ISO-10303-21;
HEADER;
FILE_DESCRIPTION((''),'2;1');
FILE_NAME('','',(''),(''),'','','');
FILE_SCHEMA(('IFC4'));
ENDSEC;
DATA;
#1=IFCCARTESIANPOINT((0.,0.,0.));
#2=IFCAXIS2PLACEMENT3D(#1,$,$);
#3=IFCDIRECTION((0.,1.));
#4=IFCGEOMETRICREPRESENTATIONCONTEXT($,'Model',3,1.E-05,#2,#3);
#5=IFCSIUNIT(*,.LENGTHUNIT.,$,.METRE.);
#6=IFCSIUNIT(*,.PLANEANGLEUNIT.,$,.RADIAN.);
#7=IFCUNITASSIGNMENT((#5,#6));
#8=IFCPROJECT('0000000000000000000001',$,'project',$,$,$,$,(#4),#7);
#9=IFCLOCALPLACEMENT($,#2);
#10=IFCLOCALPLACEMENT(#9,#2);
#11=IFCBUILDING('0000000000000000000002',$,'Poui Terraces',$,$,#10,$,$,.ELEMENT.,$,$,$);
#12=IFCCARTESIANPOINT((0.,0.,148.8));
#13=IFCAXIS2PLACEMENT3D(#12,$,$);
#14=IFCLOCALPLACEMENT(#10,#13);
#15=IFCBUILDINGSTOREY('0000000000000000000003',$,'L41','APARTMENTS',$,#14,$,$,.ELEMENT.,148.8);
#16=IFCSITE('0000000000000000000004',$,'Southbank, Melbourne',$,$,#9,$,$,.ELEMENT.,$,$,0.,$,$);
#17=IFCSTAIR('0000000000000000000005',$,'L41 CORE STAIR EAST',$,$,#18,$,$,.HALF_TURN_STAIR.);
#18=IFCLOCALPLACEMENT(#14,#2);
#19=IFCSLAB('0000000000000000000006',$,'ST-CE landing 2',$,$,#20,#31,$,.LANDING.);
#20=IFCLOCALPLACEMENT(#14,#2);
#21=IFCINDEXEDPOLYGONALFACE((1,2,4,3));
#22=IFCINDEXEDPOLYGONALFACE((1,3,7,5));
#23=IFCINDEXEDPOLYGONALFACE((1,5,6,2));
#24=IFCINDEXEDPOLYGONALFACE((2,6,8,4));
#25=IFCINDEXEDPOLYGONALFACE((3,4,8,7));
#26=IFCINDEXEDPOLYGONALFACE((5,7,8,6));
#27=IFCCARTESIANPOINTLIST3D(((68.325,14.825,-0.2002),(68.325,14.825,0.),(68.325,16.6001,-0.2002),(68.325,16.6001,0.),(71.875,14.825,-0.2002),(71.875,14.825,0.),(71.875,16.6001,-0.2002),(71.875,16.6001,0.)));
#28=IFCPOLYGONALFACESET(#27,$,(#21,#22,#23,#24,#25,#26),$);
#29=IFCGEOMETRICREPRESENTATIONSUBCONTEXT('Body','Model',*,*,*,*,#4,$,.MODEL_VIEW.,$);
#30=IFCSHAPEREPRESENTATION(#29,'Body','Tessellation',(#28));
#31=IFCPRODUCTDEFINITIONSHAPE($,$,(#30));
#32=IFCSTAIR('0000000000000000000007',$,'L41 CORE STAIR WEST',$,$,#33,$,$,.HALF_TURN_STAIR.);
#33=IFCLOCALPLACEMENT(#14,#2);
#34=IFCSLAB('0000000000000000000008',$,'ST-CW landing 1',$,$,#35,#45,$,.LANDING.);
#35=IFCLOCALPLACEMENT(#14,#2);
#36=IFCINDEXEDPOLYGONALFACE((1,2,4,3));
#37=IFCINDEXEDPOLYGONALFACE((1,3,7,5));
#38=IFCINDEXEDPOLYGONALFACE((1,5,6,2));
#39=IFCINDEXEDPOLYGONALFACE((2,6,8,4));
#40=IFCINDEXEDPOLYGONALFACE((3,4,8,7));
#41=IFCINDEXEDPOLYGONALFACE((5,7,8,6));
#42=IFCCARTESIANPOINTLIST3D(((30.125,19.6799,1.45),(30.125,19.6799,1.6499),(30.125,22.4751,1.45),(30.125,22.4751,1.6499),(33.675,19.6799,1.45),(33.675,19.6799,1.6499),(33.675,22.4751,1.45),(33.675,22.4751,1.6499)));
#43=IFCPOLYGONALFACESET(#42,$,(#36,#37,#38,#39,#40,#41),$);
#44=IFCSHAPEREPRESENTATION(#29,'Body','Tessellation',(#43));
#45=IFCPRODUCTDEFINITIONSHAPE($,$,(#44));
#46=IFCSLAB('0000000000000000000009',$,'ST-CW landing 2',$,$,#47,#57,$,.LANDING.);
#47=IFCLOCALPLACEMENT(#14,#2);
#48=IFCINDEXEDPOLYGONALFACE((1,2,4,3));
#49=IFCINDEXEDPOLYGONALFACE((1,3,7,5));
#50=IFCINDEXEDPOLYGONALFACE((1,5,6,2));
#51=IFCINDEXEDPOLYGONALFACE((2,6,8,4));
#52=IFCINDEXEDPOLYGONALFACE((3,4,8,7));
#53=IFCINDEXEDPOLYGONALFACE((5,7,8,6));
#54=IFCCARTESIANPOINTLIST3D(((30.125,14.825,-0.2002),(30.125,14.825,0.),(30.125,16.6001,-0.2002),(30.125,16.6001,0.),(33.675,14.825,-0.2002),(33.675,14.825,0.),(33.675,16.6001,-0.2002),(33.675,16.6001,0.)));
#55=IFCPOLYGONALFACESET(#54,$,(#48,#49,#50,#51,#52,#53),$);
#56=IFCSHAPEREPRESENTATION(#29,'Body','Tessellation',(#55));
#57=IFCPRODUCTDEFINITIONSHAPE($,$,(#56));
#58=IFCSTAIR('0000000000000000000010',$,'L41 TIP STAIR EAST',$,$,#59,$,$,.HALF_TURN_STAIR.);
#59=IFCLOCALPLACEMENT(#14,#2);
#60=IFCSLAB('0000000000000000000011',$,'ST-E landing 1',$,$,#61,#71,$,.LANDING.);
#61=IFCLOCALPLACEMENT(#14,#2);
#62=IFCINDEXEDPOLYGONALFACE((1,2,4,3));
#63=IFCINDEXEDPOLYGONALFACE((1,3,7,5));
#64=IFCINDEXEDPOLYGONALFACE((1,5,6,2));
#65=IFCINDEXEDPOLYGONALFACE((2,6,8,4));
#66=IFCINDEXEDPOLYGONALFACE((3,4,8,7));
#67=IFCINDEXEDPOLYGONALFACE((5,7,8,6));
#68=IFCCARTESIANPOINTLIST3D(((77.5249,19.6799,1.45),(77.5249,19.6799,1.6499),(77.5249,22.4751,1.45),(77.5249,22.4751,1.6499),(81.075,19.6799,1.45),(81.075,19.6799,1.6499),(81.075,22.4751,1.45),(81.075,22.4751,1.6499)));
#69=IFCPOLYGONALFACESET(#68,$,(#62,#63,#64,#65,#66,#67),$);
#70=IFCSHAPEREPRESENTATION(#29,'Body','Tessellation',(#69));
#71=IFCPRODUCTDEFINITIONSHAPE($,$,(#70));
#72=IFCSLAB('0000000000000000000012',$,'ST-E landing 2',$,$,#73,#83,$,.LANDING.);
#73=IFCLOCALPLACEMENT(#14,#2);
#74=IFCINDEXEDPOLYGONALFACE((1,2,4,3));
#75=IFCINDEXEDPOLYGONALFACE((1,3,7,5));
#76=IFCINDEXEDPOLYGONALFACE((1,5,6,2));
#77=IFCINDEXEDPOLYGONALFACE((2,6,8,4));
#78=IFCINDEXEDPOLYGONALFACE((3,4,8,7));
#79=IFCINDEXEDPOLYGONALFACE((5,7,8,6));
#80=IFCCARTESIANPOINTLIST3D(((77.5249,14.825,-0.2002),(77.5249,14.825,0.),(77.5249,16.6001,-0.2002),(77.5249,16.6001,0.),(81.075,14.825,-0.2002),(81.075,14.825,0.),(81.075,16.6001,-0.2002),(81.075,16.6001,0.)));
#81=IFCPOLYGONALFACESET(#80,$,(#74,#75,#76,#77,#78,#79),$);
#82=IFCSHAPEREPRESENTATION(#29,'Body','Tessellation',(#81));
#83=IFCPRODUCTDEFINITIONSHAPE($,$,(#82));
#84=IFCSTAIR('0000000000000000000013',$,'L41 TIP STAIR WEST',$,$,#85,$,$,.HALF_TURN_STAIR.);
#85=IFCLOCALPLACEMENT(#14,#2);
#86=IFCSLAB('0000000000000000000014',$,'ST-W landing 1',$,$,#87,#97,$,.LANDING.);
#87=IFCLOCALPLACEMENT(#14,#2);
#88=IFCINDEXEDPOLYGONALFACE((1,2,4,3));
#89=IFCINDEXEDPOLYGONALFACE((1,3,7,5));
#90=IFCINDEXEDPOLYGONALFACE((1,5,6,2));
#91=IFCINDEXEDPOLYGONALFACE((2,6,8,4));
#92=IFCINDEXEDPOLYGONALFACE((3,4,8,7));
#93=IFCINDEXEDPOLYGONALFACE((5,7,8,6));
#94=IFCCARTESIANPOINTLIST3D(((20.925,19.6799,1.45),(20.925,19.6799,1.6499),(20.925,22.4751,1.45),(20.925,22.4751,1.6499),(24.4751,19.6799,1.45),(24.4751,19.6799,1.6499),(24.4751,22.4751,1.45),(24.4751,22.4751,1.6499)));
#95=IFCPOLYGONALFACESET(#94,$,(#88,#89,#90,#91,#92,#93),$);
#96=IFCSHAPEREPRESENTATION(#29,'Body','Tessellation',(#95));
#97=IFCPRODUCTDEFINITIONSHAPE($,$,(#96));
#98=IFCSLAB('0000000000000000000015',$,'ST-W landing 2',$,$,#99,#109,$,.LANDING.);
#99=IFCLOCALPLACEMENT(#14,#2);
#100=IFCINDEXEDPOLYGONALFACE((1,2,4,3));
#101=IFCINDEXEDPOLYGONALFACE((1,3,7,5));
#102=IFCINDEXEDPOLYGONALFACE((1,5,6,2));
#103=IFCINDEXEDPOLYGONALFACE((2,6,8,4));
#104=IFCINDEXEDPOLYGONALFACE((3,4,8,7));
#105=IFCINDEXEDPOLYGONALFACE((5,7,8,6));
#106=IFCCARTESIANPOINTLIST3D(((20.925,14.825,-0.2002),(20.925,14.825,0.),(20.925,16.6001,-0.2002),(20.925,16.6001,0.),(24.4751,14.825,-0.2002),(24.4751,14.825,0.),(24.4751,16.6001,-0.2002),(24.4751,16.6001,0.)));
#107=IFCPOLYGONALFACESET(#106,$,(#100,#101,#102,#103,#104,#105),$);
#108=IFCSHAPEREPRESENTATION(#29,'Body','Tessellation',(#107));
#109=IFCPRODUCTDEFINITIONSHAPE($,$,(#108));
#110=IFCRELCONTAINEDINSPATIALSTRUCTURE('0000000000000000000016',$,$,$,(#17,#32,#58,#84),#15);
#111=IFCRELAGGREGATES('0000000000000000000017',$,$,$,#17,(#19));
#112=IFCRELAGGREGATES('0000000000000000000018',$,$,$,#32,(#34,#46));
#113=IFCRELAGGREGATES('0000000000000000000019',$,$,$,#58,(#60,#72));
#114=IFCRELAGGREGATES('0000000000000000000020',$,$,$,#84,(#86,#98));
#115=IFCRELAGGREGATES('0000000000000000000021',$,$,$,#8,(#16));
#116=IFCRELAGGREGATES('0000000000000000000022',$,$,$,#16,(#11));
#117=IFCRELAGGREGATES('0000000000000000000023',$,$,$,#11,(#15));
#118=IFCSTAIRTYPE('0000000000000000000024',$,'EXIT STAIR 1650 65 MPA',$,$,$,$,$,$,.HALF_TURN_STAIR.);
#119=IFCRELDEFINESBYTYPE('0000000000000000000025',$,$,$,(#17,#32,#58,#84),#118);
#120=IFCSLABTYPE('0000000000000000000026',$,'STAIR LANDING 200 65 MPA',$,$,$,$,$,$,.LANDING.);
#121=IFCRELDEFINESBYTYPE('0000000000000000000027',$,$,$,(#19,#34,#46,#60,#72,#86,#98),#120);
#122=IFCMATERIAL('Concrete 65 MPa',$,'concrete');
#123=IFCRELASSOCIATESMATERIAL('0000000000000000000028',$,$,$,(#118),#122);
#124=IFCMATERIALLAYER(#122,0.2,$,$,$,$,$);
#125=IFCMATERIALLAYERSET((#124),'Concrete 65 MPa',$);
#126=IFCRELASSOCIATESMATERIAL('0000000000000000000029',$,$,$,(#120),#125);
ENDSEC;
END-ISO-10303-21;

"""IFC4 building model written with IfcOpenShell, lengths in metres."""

from ifc_helpers import new_model, si_unit, direction, frame, origin, place, context, subcontext, project, spatial, polyline, outline, extrude, material, layer, layer_set, type_object, element, aggregate, save


model = new_model("IFC4")

# Units and contexts
model_context = context("Model", 3, precision=1e-05, world=origin(), true_north=direction((0.0, 1.0)))
body_context = subcontext(model_context, "Body", "Model", "MODEL_VIEW")
ifc_project = project(units=[si_unit("LENGTHUNIT", "METRE"), si_unit("PLANEANGLEUNIT", "RADIAN")], contexts=[model_context])

# Site, building, storey
site_placement = place(None, origin())
site = spatial("IfcSite", under=ifc_project, at=site_placement, Name="Southbank, Melbourne", CompositionType="ELEMENT", RefElevation=0.0)
building_placement = place(site_placement, origin())
building = spatial("IfcBuilding", under=site, at=building_placement, Name="Poui Terraces", CompositionType="ELEMENT")
storey_placement = place(building_placement, frame((0.0, 0.0, 148.8)))
storey = spatial("IfcBuildingStorey", under=building, at=storey_placement, Name="L41", Description="APARTMENTS", CompositionType="ELEMENT", Elevation=148.8)

# Stair, slab
ifc_material_1 = material(Name="Concrete 65 MPa", Category="concrete")
stair_type = type_object("IfcStairType", Name="EXIT STAIR 1650 65 MPA", PredefinedType="HALF_TURN_STAIR", material=ifc_material_1)
stair_1_placement = place(storey_placement, origin())
stair_1 = element("IfcStair", 1, at=stair_1_placement, inside=storey, type_object=stair_type, Name="L41 CORE STAIR EAST", PredefinedType="HALF_TURN_STAIR")
ifc_layer_1 = layer(ifc_material_1, 0.2)
ifc_layer_set_1 = layer_set([ifc_layer_1], Name="Concrete 65 MPa")
slab_type_1 = type_object("IfcSlabType", Name="STAIR LANDING 200 65 MPA", PredefinedType="LANDING", material=ifc_layer_set_1)
slab_1_placement = place(storey_placement, frame((0.0, 0.0, -0.2002)))
slab_1 = element("IfcSlab", 2, at=slab_1_placement, type_object=slab_type_1, Name="ST-CE landing 2", PredefinedType="LANDING", context=body_context, shape_type="SweptSolid", body=[
    extrude(outline(polyline([(68.325, 14.825), (71.875, 14.825), (71.875, 16.6001), (68.325, 16.6001), (68.325, 14.825)])), origin(), (0.0, 0.0, 1.0), 0.2002),
])
aggregate(stair_1, [slab_1])

# Stairs, slabs
stair_2_placement = place(storey_placement, origin())
stair_2 = element("IfcStair", 3, at=stair_2_placement, inside=storey, type_object=stair_type, Name="L41 CORE STAIR WEST", PredefinedType="HALF_TURN_STAIR")
slab_2_placement = place(storey_placement, frame((0.0, 0.0, 1.45)))
slab_2 = element("IfcSlab", 4, at=slab_2_placement, type_object=slab_type_1, Name="ST-CW landing 1", PredefinedType="LANDING", context=body_context, shape_type="SweptSolid", body=[
    extrude(outline(polyline([(30.125, 19.6799), (33.675, 19.6799), (33.675, 22.4751), (30.125, 22.4751), (30.125, 19.6799)])), origin(), (0.0, 0.0, 1.0), 0.2),
])
slab_3_placement = place(storey_placement, frame((0.0, 0.0, -0.2002)))
slab_3 = element("IfcSlab", 5, at=slab_3_placement, type_object=slab_type_1, Name="ST-CW landing 2", PredefinedType="LANDING", context=body_context, shape_type="SweptSolid", body=[
    extrude(outline(polyline([(30.125, 14.825), (33.675, 14.825), (33.675, 16.6001), (30.125, 16.6001), (30.125, 14.825)])), origin(), (0.0, 0.0, 1.0), 0.2002),
])
aggregate(stair_2, [slab_2, slab_3])
stair_3_placement = place(storey_placement, origin())
stair_3 = element("IfcStair", 6, at=stair_3_placement, inside=storey, type_object=stair_type, Name="L41 TIP STAIR EAST", PredefinedType="HALF_TURN_STAIR")
slab_4_placement = place(storey_placement, frame((0.0, 0.0, 1.45)))
slab_4 = element("IfcSlab", 7, at=slab_4_placement, type_object=slab_type_1, Name="ST-E landing 1", PredefinedType="LANDING", context=body_context, shape_type="SweptSolid", body=[
    extrude(outline(polyline([(77.5249, 19.6799), (81.075, 19.6799), (81.075, 22.4751), (77.5249, 22.4751), (77.5249, 19.6799)])), origin(), (0.0, 0.0, 1.0), 0.2),
])
slab_5_placement = place(storey_placement, frame((0.0, 0.0, -0.2002)))
slab_5 = element("IfcSlab", 8, at=slab_5_placement, type_object=slab_type_1, Name="ST-E landing 2", PredefinedType="LANDING", context=body_context, shape_type="SweptSolid", body=[
    extrude(outline(polyline([(77.5249, 14.825), (81.075, 14.825), (81.075, 16.6001), (77.5249, 16.6001), (77.5249, 14.825)])), origin(), (0.0, 0.0, 1.0), 0.2002),
])
aggregate(stair_3, [slab_4, slab_5])
stair_4_placement = place(storey_placement, origin())
stair_4 = element("IfcStair", 9, at=stair_4_placement, inside=storey, type_object=stair_type, Name="L41 TIP STAIR WEST", PredefinedType="HALF_TURN_STAIR")
slab_6_placement = place(storey_placement, frame((0.0, 0.0, 1.45)))
slab_6 = element("IfcSlab", 10, at=slab_6_placement, type_object=slab_type_1, Name="ST-W landing 1", PredefinedType="LANDING", context=body_context, shape_type="SweptSolid", body=[
    extrude(outline(polyline([(20.925, 19.6799), (24.4751, 19.6799), (24.4751, 22.4751), (20.925, 22.4751), (20.925, 19.6799)])), origin(), (0.0, 0.0, 1.0), 0.2),
])
slab_7_placement = place(storey_placement, frame((0.0, 0.0, -0.2002)))
slab_7 = element("IfcSlab", 11, at=slab_7_placement, type_object=slab_type_1, Name="ST-W landing 2", PredefinedType="LANDING", context=body_context, shape_type="SweptSolid", body=[
    extrude(outline(polyline([(20.925, 14.825), (24.4751, 14.825), (24.4751, 16.6001), (20.925, 16.6001), (20.925, 14.825)])), origin(), (0.0, 0.0, 1.0), 0.2002),
])
aggregate(stair_4, [slab_6, slab_7])

save(model, "model.ifc")
